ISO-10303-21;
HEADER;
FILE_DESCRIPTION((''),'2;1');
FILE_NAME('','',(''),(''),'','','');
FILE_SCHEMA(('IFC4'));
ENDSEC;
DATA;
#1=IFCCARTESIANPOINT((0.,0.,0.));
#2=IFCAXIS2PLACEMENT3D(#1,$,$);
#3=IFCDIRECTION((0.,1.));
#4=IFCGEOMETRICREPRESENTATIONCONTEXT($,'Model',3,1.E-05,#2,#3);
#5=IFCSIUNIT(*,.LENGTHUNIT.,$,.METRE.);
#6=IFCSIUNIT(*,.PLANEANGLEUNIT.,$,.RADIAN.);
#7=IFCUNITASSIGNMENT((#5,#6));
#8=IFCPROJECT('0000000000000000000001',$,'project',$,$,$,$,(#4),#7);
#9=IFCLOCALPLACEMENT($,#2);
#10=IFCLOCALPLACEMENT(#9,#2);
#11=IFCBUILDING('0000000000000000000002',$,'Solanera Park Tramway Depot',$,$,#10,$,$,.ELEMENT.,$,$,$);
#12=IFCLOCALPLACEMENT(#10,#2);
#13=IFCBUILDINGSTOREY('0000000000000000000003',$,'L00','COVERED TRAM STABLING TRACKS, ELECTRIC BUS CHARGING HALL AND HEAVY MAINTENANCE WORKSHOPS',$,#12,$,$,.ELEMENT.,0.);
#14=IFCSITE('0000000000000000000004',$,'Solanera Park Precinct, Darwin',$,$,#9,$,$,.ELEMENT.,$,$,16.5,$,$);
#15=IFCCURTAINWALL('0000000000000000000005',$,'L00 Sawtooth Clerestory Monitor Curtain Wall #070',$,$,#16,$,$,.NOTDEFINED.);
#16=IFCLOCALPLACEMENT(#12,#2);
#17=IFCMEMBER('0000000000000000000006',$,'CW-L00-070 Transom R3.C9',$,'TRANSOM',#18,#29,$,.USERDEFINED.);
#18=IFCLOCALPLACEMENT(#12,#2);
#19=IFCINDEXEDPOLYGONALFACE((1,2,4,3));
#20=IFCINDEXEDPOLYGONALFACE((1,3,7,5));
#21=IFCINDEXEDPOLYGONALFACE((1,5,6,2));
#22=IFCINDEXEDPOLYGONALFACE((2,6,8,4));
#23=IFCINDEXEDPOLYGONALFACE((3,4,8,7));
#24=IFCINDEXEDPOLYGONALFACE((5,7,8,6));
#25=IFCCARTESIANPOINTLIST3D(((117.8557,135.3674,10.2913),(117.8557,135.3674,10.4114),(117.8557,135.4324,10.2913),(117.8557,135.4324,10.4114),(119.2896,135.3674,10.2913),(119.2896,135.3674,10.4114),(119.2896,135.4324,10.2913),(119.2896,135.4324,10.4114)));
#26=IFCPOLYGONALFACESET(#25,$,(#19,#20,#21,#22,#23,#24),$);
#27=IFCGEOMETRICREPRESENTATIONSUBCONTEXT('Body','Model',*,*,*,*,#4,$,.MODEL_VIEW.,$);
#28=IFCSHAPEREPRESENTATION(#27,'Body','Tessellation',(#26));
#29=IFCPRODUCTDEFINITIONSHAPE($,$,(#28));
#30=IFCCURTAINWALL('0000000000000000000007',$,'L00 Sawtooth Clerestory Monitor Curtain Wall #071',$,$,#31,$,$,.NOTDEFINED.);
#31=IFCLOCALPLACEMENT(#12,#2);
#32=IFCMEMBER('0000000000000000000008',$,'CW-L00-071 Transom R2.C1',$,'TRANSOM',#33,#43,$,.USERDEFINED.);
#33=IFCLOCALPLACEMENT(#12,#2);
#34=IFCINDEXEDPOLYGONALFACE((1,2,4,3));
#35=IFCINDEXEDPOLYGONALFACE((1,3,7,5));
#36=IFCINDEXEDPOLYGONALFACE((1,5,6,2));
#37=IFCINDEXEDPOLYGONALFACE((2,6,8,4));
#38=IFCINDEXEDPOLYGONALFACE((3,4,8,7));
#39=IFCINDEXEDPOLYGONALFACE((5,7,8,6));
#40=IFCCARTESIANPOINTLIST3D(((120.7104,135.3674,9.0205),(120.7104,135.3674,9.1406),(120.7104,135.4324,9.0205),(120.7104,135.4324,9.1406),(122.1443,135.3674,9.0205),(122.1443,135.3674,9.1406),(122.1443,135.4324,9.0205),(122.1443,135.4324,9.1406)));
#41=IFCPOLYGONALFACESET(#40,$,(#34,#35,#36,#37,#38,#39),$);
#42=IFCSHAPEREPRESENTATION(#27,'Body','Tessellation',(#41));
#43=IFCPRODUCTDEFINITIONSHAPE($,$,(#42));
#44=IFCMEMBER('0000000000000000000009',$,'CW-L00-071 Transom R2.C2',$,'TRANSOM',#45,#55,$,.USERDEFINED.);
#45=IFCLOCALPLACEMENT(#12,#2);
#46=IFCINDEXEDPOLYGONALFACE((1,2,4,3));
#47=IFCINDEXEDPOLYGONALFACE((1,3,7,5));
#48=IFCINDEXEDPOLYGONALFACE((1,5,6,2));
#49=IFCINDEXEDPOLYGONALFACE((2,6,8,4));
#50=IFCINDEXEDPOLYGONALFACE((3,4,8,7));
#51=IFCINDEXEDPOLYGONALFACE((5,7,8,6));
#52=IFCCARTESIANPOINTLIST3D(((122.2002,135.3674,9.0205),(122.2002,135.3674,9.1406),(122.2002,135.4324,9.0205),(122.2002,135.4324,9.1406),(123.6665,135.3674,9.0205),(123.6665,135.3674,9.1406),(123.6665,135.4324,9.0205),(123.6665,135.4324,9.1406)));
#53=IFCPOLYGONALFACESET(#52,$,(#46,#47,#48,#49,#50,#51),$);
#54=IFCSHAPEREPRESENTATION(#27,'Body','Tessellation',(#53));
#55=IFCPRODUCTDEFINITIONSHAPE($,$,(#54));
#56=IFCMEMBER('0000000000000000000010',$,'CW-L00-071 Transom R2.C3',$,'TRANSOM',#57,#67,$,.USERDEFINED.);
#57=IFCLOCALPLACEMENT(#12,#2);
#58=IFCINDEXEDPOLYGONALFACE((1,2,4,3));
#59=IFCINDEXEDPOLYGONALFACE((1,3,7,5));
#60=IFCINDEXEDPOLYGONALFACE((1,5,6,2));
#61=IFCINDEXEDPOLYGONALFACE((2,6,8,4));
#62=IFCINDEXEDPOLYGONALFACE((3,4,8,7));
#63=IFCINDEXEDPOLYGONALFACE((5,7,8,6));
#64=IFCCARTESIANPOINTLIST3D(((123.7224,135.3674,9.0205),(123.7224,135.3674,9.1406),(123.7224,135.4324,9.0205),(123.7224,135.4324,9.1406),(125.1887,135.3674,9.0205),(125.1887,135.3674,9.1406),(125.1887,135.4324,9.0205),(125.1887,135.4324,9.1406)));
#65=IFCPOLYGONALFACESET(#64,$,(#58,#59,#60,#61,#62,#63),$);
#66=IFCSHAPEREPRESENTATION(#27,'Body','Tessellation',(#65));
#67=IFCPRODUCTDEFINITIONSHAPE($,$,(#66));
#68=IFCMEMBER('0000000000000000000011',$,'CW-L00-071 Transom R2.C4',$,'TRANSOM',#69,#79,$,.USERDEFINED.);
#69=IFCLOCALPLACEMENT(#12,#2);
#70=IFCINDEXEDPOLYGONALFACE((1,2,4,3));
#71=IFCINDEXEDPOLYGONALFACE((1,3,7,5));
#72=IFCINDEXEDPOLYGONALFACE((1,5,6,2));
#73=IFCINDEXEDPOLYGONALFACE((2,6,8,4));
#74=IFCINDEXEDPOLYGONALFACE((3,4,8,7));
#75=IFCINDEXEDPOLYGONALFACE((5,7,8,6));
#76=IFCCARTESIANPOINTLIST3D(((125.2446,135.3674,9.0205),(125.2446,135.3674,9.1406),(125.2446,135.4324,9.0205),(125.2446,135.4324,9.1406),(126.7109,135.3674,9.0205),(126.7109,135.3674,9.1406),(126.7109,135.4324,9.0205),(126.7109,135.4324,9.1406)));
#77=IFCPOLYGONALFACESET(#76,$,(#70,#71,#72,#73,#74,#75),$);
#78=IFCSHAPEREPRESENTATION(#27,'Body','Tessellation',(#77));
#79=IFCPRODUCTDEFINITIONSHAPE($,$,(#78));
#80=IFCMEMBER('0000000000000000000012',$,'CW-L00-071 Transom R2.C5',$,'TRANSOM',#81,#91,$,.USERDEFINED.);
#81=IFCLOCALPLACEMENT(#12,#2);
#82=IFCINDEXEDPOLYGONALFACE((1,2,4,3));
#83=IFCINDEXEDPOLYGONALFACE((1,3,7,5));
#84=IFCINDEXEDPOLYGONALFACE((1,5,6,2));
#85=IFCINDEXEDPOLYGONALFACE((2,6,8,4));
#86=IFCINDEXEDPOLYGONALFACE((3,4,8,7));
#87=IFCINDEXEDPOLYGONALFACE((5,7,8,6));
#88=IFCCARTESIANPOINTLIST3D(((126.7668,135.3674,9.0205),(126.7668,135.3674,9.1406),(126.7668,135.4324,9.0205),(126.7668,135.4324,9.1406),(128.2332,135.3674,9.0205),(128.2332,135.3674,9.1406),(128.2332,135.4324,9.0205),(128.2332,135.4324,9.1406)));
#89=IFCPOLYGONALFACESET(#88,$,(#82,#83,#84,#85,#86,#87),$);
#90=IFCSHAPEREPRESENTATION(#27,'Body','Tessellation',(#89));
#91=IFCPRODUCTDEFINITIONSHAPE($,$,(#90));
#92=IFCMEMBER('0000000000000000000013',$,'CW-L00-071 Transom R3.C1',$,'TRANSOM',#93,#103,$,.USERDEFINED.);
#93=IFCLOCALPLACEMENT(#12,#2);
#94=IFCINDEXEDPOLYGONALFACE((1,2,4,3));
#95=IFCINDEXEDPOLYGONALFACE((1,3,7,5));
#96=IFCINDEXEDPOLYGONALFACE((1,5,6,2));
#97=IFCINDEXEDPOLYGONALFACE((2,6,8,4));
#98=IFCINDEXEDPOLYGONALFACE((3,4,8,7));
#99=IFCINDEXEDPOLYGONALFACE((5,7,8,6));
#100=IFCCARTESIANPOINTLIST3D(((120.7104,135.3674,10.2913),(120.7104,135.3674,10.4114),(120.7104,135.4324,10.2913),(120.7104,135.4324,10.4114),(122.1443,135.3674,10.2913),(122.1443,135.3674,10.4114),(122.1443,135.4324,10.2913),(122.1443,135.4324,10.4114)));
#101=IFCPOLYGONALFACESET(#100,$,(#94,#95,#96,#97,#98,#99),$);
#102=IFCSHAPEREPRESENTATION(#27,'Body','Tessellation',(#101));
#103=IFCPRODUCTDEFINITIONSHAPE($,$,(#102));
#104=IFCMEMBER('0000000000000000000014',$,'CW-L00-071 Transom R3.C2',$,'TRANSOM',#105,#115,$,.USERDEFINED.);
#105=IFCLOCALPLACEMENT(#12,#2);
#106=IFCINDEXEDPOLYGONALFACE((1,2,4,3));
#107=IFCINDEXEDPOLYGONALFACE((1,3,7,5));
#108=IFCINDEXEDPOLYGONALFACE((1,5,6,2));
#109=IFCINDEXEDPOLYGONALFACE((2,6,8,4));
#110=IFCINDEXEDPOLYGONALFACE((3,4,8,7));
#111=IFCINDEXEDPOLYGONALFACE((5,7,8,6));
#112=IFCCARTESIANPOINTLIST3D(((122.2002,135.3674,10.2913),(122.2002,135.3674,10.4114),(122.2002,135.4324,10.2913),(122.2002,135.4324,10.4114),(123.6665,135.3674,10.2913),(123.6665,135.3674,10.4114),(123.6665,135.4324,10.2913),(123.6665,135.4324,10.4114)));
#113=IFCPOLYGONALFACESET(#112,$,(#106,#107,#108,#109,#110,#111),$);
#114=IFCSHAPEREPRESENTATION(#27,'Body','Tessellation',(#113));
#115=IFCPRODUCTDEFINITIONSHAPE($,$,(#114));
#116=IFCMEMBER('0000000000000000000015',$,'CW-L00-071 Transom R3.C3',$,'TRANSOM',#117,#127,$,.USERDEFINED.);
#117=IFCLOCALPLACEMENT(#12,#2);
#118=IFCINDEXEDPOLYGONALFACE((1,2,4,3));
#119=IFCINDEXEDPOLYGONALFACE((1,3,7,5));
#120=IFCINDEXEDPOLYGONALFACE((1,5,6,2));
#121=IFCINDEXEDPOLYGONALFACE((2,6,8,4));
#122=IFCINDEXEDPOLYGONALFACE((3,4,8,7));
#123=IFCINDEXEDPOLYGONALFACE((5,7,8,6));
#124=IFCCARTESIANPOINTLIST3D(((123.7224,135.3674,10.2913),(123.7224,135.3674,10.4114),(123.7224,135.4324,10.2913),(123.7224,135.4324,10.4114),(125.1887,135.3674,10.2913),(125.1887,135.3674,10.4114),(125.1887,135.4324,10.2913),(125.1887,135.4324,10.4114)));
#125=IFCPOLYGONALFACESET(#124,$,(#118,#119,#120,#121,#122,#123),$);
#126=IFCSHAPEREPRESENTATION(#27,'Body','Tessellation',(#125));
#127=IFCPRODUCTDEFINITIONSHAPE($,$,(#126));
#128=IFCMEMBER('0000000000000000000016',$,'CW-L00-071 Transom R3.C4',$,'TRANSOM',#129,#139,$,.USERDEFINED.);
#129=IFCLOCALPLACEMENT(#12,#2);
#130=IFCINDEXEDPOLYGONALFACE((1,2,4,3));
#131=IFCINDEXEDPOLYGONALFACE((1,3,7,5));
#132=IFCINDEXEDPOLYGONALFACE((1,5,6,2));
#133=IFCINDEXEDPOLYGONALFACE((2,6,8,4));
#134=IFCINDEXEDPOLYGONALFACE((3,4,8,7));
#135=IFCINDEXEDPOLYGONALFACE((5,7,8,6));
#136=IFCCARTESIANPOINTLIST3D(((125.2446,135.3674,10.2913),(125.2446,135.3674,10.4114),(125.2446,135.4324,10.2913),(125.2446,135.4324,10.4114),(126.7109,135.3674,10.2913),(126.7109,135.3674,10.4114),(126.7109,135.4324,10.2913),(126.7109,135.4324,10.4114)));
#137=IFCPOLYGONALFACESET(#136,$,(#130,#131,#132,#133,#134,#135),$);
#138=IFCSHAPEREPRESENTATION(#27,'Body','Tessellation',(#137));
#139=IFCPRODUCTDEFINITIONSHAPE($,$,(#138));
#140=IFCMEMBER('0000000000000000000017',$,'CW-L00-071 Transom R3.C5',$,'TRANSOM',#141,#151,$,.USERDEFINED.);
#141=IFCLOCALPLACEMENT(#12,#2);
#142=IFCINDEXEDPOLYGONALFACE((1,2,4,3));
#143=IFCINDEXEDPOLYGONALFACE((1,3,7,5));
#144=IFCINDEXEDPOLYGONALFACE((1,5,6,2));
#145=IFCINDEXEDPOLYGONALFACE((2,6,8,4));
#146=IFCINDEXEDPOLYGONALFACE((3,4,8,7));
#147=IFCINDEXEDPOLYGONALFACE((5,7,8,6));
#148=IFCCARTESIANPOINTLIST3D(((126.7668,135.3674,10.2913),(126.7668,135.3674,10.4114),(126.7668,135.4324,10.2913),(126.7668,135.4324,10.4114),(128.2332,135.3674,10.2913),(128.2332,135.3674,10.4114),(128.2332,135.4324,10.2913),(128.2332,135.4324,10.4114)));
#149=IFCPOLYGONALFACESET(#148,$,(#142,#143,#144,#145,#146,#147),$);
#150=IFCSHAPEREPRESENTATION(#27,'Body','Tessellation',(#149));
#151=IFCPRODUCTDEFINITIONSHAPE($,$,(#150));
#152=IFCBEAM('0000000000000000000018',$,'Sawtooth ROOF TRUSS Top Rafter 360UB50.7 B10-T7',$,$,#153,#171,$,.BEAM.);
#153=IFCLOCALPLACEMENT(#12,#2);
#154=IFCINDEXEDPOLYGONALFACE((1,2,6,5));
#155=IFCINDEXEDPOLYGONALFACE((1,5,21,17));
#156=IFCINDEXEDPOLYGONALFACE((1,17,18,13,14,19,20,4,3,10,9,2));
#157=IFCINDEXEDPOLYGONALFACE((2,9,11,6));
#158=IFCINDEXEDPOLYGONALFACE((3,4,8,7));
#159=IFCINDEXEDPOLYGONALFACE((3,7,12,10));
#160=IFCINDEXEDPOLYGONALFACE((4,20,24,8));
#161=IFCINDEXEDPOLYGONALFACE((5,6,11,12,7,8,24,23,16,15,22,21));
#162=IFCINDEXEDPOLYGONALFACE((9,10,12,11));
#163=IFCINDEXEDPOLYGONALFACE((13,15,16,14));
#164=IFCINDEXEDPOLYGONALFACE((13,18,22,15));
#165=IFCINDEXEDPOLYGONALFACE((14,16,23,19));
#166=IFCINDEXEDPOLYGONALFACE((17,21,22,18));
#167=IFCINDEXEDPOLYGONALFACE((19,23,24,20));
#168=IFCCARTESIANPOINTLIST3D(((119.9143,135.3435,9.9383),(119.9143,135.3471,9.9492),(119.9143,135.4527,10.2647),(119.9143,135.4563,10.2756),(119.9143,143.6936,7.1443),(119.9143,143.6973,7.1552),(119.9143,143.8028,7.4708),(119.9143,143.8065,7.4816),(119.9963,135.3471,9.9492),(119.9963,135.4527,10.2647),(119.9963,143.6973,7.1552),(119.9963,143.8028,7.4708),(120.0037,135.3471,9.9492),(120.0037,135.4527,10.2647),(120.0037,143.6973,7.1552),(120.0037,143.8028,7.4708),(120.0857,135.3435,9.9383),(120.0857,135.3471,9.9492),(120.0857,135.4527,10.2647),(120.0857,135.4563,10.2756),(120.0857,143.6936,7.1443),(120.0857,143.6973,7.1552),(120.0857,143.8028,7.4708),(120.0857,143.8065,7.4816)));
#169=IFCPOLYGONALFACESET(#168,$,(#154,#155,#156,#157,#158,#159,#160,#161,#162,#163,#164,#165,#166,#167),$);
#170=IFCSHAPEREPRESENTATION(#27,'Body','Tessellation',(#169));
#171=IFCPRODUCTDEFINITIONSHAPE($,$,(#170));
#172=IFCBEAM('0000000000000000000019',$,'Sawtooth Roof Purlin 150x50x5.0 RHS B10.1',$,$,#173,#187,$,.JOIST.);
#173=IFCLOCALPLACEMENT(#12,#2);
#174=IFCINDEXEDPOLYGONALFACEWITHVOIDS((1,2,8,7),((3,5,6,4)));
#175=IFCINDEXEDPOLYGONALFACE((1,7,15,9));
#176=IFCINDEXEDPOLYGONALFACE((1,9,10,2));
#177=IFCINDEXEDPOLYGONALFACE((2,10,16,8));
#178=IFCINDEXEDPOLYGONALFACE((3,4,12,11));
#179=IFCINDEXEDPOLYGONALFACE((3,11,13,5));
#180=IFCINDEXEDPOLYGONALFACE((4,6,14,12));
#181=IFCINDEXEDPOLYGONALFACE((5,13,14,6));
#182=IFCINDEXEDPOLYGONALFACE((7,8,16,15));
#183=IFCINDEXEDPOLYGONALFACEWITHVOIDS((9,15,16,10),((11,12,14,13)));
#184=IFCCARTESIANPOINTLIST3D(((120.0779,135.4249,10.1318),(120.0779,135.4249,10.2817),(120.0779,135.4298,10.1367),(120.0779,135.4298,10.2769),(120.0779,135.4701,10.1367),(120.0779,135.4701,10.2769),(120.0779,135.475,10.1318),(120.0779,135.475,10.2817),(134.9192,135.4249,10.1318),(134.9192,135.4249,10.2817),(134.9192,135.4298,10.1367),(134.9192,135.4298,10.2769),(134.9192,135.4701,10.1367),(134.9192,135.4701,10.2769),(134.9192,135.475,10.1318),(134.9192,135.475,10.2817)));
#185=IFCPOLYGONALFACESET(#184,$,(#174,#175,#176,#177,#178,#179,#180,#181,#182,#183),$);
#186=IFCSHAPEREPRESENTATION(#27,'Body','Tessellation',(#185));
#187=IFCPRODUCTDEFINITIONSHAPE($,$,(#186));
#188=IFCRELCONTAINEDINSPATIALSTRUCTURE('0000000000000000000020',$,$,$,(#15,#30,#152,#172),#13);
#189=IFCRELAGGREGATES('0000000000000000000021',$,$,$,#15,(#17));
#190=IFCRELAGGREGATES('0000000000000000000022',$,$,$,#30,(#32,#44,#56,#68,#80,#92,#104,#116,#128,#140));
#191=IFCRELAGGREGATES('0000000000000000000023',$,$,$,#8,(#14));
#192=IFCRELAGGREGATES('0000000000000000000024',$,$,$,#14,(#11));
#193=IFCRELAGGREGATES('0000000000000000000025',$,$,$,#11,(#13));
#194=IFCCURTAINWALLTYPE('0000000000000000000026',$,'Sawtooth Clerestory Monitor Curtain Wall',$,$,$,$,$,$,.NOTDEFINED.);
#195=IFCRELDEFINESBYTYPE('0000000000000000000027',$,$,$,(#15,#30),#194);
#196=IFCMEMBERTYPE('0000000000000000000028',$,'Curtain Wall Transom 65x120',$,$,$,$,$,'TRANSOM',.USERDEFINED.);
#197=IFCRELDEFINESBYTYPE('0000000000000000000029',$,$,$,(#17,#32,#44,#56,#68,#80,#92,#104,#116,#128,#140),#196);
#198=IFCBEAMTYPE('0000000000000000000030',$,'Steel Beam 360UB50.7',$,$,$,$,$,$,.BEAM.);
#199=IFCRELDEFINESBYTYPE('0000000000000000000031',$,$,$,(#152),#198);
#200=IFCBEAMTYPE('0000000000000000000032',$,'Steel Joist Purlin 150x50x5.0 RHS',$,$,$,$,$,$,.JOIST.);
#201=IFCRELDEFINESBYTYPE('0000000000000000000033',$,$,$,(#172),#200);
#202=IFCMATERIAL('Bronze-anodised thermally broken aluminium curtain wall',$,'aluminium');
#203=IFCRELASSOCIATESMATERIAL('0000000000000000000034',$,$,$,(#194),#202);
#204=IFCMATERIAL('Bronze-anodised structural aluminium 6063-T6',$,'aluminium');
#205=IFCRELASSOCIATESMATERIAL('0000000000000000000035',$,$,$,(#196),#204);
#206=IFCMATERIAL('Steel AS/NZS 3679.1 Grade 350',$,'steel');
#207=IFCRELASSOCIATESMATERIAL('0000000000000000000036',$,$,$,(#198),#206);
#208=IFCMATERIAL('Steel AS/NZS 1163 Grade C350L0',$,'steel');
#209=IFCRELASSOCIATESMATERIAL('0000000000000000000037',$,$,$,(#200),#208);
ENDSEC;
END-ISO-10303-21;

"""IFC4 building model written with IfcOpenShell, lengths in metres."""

from ifc_helpers import new_model, si_unit, direction, frame, origin, origin_2d, place, context, subcontext, project, spatial, rectangle, hollow_rectangle, i_section, extrude, material, material_profile, profile_set, type_object, element, aggregate, save


model = new_model("IFC4")

# Units and contexts
model_context = context("Model", 3, precision=1e-05, world=origin(), true_north=direction((0.0, 1.0)))
body_context = subcontext(model_context, "Body", "Model", "MODEL_VIEW")
ifc_project = project(units=[si_unit("LENGTHUNIT", "METRE"), si_unit("PLANEANGLEUNIT", "RADIAN")], contexts=[model_context])

# Site, building, storey
site_placement = place(None, origin())
site = spatial("IfcSite", under=ifc_project, at=site_placement, Name="Solanera Park Precinct, Darwin", CompositionType="ELEMENT", RefElevation=16.5)
building_placement = place(site_placement, origin())
building = spatial("IfcBuilding", under=site, at=building_placement, Name="Solanera Park Tramway Depot", CompositionType="ELEMENT")
storey_placement = place(building_placement, origin())
storey = spatial("IfcBuildingStorey", under=building, at=storey_placement, Name="L00", Description="COVERED TRAM STABLING TRACKS, ELECTRIC BUS CHARGING HALL AND HEAVY MAINTENANCE WORKSHOPS", CompositionType="ELEMENT", Elevation=0.0)

# Curtain wall, member
ifc_material_1 = material(Name="Bronze-anodised thermally broken aluminium curtain wall", Category="aluminium")
curtain_wall_type = type_object("IfcCurtainWallType", Name="Sawtooth Clerestory Monitor Curtain Wall", PredefinedType="NOTDEFINED", material=ifc_material_1)
curtain_wall_1_placement = place(storey_placement, origin())
curtain_wall_1 = element("IfcCurtainWall", 1, at=curtain_wall_1_placement, inside=storey, type_object=curtain_wall_type, Name="L00 Sawtooth Clerestory Monitor Curtain Wall #070", PredefinedType="NOTDEFINED")
ifc_material_2 = material(Name="Bronze-anodised structural aluminium 6063-T6", Category="aluminium")
ifc_material_profile_1 = material_profile(ifc_material_2, rectangle(XDim=0.0649, YDim=0.1201, at=origin_2d()), Name="Curtain Wall Transom 65x120")
ifc_profile_set_1 = profile_set([ifc_material_profile_1], Name="Bronze-anodised structural aluminium 6063-T6")
member_type = type_object("IfcMemberType", Name="Curtain Wall Transom 65x120", ElementType="TRANSOM", PredefinedType="USERDEFINED", material=ifc_profile_set_1)
member_1_placement = place(storey_placement, frame((117.8557, 135.3999, 10.3513), z_axis=(1.0, 0.0, 0.0), x_axis=(0.0, 1.0, 0.0)))
member_1 = element("IfcMember", 2, at=member_1_placement, type_object=member_type, Name="CW-L00-070 Transom R3.C9", ObjectType="TRANSOM", PredefinedType="USERDEFINED", context=body_context, shape_type="SweptSolid", body=[
    extrude(rectangle(XDim=0.0649, YDim=0.1201, at=origin_2d()), origin(), (0.0, 0.0, 1.0), 1.4338),
])

# Curtain wall, members
curtain_wall_2_placement = place(storey_placement, origin())
curtain_wall_2 = element("IfcCurtainWall", 3, at=curtain_wall_2_placement, inside=storey, type_object=curtain_wall_type, Name="L00 Sawtooth Clerestory Monitor Curtain Wall #071", PredefinedType="NOTDEFINED")
member_2_placement = place(storey_placement, frame((120.7104, 135.3999, 9.0806), z_axis=(1.0, 0.0, 0.0), x_axis=(0.0, 1.0, 0.0)))
member_2 = element("IfcMember", 4, at=member_2_placement, type_object=member_type, Name="CW-L00-071 Transom R2.C1", ObjectType="TRANSOM", PredefinedType="USERDEFINED", context=body_context, shape_type="SweptSolid", body=[
    extrude(rectangle(XDim=0.0649, YDim=0.1201, at=origin_2d()), origin(), (0.0, 0.0, 1.0), 1.4338),
])
member_3_placement = place(storey_placement, frame((122.2002, 135.3999, 9.0806), z_axis=(1.0, 0.0, 0.0), x_axis=(0.0, 1.0, 0.0)))
member_3 = element("IfcMember", 5, at=member_3_placement, type_object=member_type, Name="CW-L00-071 Transom R2.C2", ObjectType="TRANSOM", PredefinedType="USERDEFINED", context=body_context, shape_type="SweptSolid", body=[
    extrude(rectangle(XDim=0.0649, YDim=0.1201, at=origin_2d()), origin(), (0.0, 0.0, 1.0), 1.4663),
])
member_4_placement = place(storey_placement, frame((123.7224, 135.3999, 9.0806), z_axis=(1.0, 0.0, 0.0), x_axis=(0.0, 1.0, 0.0)))
member_4 = element("IfcMember", 6, at=member_4_placement, type_object=member_type, Name="CW-L00-071 Transom R2.C3", ObjectType="TRANSOM", PredefinedType="USERDEFINED", context=body_context, shape_type="SweptSolid", body=[
    extrude(rectangle(XDim=0.0649, YDim=0.1201, at=origin_2d()), origin(), (0.0, 0.0, 1.0), 1.4663),
])
member_5_placement = place(storey_placement, frame((125.2446, 135.3999, 9.0806), z_axis=(1.0, 0.0, 0.0), x_axis=(0.0, 1.0, 0.0)))
member_5 = element("IfcMember", 7, at=member_5_placement, type_object=member_type, Name="CW-L00-071 Transom R2.C4", ObjectType="TRANSOM", PredefinedType="USERDEFINED", context=body_context, shape_type="SweptSolid", body=[
    extrude(rectangle(XDim=0.0649, YDim=0.1201, at=origin_2d()), origin(), (0.0, 0.0, 1.0), 1.4663),
])
member_6_placement = place(storey_placement, frame((126.7668, 135.3999, 9.0806), z_axis=(1.0, 0.0, 0.0), x_axis=(0.0, 1.0, 0.0)))
member_6 = element("IfcMember", 8, at=member_6_placement, type_object=member_type, Name="CW-L00-071 Transom R2.C5", ObjectType="TRANSOM", PredefinedType="USERDEFINED", context=body_context, shape_type="SweptSolid", body=[
    extrude(rectangle(XDim=0.0649, YDim=0.1201, at=origin_2d()), origin(), (0.0, 0.0, 1.0), 1.4663),
])
member_7_placement = place(storey_placement, frame((120.7104, 135.3999, 10.3513), z_axis=(1.0, 0.0, 0.0), x_axis=(0.0, 1.0, 0.0)))
member_7 = element("IfcMember", 9, at=member_7_placement, type_object=member_type, Name="CW-L00-071 Transom R3.C1", ObjectType="TRANSOM", PredefinedType="USERDEFINED", context=body_context, shape_type="SweptSolid", body=[
    extrude(rectangle(XDim=0.0649, YDim=0.1201, at=origin_2d()), origin(), (0.0, 0.0, 1.0), 1.4338),
])
member_8_placement = place(storey_placement, frame((122.2002, 135.3999, 10.3513), z_axis=(1.0, 0.0, 0.0), x_axis=(0.0, 1.0, 0.0)))
member_8 = element("IfcMember", 10, at=member_8_placement, type_object=member_type, Name="CW-L00-071 Transom R3.C2", ObjectType="TRANSOM", PredefinedType="USERDEFINED", context=body_context, shape_type="SweptSolid", body=[
    extrude(rectangle(XDim=0.0649, YDim=0.1201, at=origin_2d()), origin(), (0.0, 0.0, 1.0), 1.4663),
])
member_9_placement = place(storey_placement, frame((123.7224, 135.3999, 10.3513), z_axis=(1.0, 0.0, 0.0), x_axis=(0.0, 1.0, 0.0)))
member_9 = element("IfcMember", 11, at=member_9_placement, type_object=member_type, Name="CW-L00-071 Transom R3.C3", ObjectType="TRANSOM", PredefinedType="USERDEFINED", context=body_context, shape_type="SweptSolid", body=[
    extrude(rectangle(XDim=0.0649, YDim=0.1201, at=origin_2d()), origin(), (0.0, 0.0, 1.0), 1.4663),
])
member_10_placement = place(storey_placement, frame((125.2446, 135.3999, 10.3513), z_axis=(1.0, 0.0, 0.0), x_axis=(0.0, 1.0, 0.0)))
member_10 = element("IfcMember", 12, at=member_10_placement, type_object=member_type, Name="CW-L00-071 Transom R3.C4", ObjectType="TRANSOM", PredefinedType="USERDEFINED", context=body_context, shape_type="SweptSolid", body=[
    extrude(rectangle(XDim=0.0649, YDim=0.1201, at=origin_2d()), origin(), (0.0, 0.0, 1.0), 1.4663),
])
member_11_placement = place(storey_placement, frame((126.7668, 135.3999, 10.3513), z_axis=(1.0, 0.0, 0.0), x_axis=(0.0, 1.0, 0.0)))
member_11 = element("IfcMember", 13, at=member_11_placement, type_object=member_type, Name="CW-L00-071 Transom R3.C5", ObjectType="TRANSOM", PredefinedType="USERDEFINED", context=body_context, shape_type="SweptSolid", body=[
    extrude(rectangle(XDim=0.0649, YDim=0.1201, at=origin_2d()), origin(), (0.0, 0.0, 1.0), 1.4663),
])

# Beams
ifc_material_3 = material(Name="Steel AS/NZS 3679.1 Grade 350", Category="steel")
ifc_material_profile_2 = material_profile(ifc_material_3, i_section(OverallWidth=0.1714, OverallDepth=0.3557, WebThickness=0.0073, FlangeThickness=0.0115, at=origin_2d()), Name="360UB50.7")
ifc_profile_set_2 = profile_set([ifc_material_profile_2], Name="Steel AS/NZS 3679.1 Grade 350")
beam_type_1 = type_object("IfcBeamType", Name="Steel Beam 360UB50.7", PredefinedType="BEAM", material=ifc_profile_set_2)
beam_1_placement = place(storey_placement, frame((120.0, 135.3999, 10.1069), z_axis=(0.0, 0.948322, -0.317309), x_axis=(-1.0, 0.0, 0.0)))
element("IfcBeam", 14, at=beam_1_placement, inside=storey, type_object=beam_type_1, Name="Sawtooth ROOF TRUSS Top Rafter 360UB50.7 B10-T7", PredefinedType="BEAM", context=body_context, shape_type="SweptSolid", body=[
    extrude(i_section(OverallWidth=0.1714, OverallDepth=0.3557, WebThickness=0.0073, FlangeThickness=0.0115, at=origin_2d()), origin(), (0.0, 0.0, 1.0), 8.8052),
])
ifc_material_4 = material(Name="Steel AS/NZS 1163 Grade C350L0", Category="steel")
ifc_material_profile_3 = material_profile(ifc_material_4, hollow_rectangle(XDim=0.05, YDim=0.1499, WallThickness=0.0049, at=origin_2d()), Name="150x50x5.0 RHS")
ifc_profile_set_3 = profile_set([ifc_material_profile_3], Name="Steel AS/NZS 1163 Grade C350L0")
beam_type_2 = type_object("IfcBeamType", Name="Steel Joist Purlin 150x50x5.0 RHS", PredefinedType="JOIST", material=ifc_profile_set_3)
beam_2_placement = place(storey_placement, frame((120.0779, 135.45, 10.2068), z_axis=(1.0, 0.0, 0.0), x_axis=(0.0, 1.0, 0.0)))
element("IfcBeam", 15, at=beam_2_placement, inside=storey, type_object=beam_type_2, Name="Sawtooth Roof Purlin 150x50x5.0 RHS B10.1", PredefinedType="JOIST", context=body_context, shape_type="SweptSolid", body=[
    extrude(hollow_rectangle(XDim=0.05, YDim=0.1499, WallThickness=0.0049, at=origin_2d()), origin(), (0.0, 0.0, 1.0), 14.8413),
])

aggregate(curtain_wall_1, [member_1])
aggregate(curtain_wall_2, [member_2, member_3, member_4, member_5, member_6, member_7, member_8, member_9, member_10, member_11])

save(model, "model.ifc")
